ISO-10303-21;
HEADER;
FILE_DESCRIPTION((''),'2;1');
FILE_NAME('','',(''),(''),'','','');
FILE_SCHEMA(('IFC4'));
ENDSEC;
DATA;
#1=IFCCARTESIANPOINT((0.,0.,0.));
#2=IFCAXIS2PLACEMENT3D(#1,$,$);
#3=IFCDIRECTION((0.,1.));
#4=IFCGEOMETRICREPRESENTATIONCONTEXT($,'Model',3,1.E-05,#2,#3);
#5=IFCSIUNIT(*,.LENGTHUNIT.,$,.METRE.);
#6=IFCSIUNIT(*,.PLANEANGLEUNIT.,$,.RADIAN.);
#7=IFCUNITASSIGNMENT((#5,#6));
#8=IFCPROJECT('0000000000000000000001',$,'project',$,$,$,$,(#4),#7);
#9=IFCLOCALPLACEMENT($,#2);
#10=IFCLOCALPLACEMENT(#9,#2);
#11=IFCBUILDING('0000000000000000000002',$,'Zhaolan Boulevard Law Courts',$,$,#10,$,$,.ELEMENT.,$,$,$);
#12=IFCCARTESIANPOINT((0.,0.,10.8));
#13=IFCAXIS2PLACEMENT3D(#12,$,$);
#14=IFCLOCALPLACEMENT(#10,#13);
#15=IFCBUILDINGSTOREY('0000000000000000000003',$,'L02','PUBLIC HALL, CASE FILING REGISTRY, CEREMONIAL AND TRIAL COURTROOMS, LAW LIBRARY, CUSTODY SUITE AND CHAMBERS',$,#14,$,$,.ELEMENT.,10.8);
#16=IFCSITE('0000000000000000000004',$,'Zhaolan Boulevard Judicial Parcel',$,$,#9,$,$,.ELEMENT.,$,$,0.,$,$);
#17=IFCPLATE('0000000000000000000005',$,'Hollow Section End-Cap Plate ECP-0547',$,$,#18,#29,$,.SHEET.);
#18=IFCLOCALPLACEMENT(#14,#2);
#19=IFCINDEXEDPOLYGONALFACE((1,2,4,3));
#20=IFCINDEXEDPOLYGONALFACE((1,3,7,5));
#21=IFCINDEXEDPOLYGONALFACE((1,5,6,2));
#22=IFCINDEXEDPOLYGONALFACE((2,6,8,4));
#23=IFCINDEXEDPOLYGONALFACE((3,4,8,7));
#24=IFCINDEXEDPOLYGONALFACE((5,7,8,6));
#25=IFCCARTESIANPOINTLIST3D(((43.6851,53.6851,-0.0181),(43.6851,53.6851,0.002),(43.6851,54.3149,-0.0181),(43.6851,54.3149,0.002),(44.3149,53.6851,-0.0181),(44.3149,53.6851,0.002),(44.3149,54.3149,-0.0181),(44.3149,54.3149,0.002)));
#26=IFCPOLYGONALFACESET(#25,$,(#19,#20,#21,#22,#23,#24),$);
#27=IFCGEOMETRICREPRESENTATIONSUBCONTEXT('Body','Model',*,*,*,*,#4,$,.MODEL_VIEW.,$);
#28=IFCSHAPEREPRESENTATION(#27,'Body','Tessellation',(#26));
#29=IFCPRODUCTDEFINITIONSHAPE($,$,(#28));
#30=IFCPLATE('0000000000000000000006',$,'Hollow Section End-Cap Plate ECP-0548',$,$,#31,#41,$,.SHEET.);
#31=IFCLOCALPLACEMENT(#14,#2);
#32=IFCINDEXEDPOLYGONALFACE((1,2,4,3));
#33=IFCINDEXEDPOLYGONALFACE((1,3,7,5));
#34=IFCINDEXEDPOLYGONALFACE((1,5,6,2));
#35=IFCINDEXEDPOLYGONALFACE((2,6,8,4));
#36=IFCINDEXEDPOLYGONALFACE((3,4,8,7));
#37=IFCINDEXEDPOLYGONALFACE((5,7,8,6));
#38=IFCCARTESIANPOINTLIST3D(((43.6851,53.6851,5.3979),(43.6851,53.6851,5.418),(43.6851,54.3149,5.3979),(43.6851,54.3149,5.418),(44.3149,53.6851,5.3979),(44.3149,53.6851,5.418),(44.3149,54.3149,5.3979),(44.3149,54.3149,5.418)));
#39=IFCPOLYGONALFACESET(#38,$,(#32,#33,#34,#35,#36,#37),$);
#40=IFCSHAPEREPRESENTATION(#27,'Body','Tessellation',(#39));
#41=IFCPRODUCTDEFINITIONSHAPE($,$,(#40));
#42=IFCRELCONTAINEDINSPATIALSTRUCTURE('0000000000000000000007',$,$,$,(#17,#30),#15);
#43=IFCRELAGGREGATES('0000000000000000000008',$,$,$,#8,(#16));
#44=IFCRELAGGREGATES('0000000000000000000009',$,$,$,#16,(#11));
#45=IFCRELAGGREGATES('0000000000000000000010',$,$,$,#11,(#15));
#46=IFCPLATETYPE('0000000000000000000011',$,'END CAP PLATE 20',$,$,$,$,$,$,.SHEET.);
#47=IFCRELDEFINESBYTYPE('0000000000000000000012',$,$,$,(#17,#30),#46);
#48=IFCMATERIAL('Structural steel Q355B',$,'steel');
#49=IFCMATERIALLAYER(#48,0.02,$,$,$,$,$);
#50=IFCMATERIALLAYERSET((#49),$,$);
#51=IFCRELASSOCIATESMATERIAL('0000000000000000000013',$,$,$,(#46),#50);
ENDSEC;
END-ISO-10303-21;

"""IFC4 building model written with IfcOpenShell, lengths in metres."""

from ifc_helpers import new_model, si_unit, direction, frame, origin, origin_2d, place, context, subcontext, project, spatial, rectangle, extrude, material, layer, layer_set, type_object, element, save


model = new_model("IFC4")

# Units and contexts
model_context = context("Model", 3, precision=1e-05, world=origin(), true_north=direction((0.0, 1.0)))
body_context = subcontext(model_context, "Body", "Model", "MODEL_VIEW")
ifc_project = project(units=[si_unit("LENGTHUNIT", "METRE"), si_unit("PLANEANGLEUNIT", "RADIAN")], contexts=[model_context])

# Site, building, storey
site_placement = place(None, origin())
site = spatial("IfcSite", under=ifc_project, at=site_placement, Name="Zhaolan Boulevard Judicial Parcel", CompositionType="ELEMENT", RefElevation=0.0)
building_placement = place(site_placement, origin())
building = spatial("IfcBuilding", under=site, at=building_placement, Name="Zhaolan Boulevard Law Courts", CompositionType="ELEMENT")
storey_placement = place(building_placement, frame((0.0, 0.0, 10.8)))
storey = spatial("IfcBuildingStorey", under=building, at=storey_placement, Name="L02", Description="PUBLIC HALL, CASE FILING REGISTRY, CEREMONIAL AND TRIAL COURTROOMS, LAW LIBRARY, CUSTODY SUITE AND CHAMBERS", CompositionType="ELEMENT", Elevation=10.8)

# Plates
ifc_material_1 = material(Name="Structural steel Q355B", Category="steel")
ifc_layer_1 = layer(ifc_material_1, 0.02)
ifc_layer_set_1 = layer_set([ifc_layer_1])
plate_type_1 = type_object("IfcPlateType", Name="END CAP PLATE 20", PredefinedType="SHEET", material=ifc_layer_set_1)
for number, where, z_axis, x_axis, name in (
    (1, (44.0, 54.0, -0.0181), (0.0, 0.0, 1.0), (1.0, 0.0, 0.0), "Hollow Section End-Cap Plate ECP-0547"),
    (2, (44.0, 54.0, 5.3979), (0.0, 0.0, 1.0), (1.0, 0.0, 0.0), "Hollow Section End-Cap Plate ECP-0548"),
):
    element("IfcPlate", number, at=place(storey_placement, frame(where, z_axis=z_axis, x_axis=x_axis)), inside=storey, type_object=plate_type_1, Name=name, PredefinedType="SHEET", context=body_context, shape_type="SweptSolid", body=[
        extrude(rectangle(XDim=0.6299, YDim=0.6299, at=origin_2d()), origin(), (0.0, 0.0, 1.0), 0.02),
    ])

save(model, "model.ifc")
